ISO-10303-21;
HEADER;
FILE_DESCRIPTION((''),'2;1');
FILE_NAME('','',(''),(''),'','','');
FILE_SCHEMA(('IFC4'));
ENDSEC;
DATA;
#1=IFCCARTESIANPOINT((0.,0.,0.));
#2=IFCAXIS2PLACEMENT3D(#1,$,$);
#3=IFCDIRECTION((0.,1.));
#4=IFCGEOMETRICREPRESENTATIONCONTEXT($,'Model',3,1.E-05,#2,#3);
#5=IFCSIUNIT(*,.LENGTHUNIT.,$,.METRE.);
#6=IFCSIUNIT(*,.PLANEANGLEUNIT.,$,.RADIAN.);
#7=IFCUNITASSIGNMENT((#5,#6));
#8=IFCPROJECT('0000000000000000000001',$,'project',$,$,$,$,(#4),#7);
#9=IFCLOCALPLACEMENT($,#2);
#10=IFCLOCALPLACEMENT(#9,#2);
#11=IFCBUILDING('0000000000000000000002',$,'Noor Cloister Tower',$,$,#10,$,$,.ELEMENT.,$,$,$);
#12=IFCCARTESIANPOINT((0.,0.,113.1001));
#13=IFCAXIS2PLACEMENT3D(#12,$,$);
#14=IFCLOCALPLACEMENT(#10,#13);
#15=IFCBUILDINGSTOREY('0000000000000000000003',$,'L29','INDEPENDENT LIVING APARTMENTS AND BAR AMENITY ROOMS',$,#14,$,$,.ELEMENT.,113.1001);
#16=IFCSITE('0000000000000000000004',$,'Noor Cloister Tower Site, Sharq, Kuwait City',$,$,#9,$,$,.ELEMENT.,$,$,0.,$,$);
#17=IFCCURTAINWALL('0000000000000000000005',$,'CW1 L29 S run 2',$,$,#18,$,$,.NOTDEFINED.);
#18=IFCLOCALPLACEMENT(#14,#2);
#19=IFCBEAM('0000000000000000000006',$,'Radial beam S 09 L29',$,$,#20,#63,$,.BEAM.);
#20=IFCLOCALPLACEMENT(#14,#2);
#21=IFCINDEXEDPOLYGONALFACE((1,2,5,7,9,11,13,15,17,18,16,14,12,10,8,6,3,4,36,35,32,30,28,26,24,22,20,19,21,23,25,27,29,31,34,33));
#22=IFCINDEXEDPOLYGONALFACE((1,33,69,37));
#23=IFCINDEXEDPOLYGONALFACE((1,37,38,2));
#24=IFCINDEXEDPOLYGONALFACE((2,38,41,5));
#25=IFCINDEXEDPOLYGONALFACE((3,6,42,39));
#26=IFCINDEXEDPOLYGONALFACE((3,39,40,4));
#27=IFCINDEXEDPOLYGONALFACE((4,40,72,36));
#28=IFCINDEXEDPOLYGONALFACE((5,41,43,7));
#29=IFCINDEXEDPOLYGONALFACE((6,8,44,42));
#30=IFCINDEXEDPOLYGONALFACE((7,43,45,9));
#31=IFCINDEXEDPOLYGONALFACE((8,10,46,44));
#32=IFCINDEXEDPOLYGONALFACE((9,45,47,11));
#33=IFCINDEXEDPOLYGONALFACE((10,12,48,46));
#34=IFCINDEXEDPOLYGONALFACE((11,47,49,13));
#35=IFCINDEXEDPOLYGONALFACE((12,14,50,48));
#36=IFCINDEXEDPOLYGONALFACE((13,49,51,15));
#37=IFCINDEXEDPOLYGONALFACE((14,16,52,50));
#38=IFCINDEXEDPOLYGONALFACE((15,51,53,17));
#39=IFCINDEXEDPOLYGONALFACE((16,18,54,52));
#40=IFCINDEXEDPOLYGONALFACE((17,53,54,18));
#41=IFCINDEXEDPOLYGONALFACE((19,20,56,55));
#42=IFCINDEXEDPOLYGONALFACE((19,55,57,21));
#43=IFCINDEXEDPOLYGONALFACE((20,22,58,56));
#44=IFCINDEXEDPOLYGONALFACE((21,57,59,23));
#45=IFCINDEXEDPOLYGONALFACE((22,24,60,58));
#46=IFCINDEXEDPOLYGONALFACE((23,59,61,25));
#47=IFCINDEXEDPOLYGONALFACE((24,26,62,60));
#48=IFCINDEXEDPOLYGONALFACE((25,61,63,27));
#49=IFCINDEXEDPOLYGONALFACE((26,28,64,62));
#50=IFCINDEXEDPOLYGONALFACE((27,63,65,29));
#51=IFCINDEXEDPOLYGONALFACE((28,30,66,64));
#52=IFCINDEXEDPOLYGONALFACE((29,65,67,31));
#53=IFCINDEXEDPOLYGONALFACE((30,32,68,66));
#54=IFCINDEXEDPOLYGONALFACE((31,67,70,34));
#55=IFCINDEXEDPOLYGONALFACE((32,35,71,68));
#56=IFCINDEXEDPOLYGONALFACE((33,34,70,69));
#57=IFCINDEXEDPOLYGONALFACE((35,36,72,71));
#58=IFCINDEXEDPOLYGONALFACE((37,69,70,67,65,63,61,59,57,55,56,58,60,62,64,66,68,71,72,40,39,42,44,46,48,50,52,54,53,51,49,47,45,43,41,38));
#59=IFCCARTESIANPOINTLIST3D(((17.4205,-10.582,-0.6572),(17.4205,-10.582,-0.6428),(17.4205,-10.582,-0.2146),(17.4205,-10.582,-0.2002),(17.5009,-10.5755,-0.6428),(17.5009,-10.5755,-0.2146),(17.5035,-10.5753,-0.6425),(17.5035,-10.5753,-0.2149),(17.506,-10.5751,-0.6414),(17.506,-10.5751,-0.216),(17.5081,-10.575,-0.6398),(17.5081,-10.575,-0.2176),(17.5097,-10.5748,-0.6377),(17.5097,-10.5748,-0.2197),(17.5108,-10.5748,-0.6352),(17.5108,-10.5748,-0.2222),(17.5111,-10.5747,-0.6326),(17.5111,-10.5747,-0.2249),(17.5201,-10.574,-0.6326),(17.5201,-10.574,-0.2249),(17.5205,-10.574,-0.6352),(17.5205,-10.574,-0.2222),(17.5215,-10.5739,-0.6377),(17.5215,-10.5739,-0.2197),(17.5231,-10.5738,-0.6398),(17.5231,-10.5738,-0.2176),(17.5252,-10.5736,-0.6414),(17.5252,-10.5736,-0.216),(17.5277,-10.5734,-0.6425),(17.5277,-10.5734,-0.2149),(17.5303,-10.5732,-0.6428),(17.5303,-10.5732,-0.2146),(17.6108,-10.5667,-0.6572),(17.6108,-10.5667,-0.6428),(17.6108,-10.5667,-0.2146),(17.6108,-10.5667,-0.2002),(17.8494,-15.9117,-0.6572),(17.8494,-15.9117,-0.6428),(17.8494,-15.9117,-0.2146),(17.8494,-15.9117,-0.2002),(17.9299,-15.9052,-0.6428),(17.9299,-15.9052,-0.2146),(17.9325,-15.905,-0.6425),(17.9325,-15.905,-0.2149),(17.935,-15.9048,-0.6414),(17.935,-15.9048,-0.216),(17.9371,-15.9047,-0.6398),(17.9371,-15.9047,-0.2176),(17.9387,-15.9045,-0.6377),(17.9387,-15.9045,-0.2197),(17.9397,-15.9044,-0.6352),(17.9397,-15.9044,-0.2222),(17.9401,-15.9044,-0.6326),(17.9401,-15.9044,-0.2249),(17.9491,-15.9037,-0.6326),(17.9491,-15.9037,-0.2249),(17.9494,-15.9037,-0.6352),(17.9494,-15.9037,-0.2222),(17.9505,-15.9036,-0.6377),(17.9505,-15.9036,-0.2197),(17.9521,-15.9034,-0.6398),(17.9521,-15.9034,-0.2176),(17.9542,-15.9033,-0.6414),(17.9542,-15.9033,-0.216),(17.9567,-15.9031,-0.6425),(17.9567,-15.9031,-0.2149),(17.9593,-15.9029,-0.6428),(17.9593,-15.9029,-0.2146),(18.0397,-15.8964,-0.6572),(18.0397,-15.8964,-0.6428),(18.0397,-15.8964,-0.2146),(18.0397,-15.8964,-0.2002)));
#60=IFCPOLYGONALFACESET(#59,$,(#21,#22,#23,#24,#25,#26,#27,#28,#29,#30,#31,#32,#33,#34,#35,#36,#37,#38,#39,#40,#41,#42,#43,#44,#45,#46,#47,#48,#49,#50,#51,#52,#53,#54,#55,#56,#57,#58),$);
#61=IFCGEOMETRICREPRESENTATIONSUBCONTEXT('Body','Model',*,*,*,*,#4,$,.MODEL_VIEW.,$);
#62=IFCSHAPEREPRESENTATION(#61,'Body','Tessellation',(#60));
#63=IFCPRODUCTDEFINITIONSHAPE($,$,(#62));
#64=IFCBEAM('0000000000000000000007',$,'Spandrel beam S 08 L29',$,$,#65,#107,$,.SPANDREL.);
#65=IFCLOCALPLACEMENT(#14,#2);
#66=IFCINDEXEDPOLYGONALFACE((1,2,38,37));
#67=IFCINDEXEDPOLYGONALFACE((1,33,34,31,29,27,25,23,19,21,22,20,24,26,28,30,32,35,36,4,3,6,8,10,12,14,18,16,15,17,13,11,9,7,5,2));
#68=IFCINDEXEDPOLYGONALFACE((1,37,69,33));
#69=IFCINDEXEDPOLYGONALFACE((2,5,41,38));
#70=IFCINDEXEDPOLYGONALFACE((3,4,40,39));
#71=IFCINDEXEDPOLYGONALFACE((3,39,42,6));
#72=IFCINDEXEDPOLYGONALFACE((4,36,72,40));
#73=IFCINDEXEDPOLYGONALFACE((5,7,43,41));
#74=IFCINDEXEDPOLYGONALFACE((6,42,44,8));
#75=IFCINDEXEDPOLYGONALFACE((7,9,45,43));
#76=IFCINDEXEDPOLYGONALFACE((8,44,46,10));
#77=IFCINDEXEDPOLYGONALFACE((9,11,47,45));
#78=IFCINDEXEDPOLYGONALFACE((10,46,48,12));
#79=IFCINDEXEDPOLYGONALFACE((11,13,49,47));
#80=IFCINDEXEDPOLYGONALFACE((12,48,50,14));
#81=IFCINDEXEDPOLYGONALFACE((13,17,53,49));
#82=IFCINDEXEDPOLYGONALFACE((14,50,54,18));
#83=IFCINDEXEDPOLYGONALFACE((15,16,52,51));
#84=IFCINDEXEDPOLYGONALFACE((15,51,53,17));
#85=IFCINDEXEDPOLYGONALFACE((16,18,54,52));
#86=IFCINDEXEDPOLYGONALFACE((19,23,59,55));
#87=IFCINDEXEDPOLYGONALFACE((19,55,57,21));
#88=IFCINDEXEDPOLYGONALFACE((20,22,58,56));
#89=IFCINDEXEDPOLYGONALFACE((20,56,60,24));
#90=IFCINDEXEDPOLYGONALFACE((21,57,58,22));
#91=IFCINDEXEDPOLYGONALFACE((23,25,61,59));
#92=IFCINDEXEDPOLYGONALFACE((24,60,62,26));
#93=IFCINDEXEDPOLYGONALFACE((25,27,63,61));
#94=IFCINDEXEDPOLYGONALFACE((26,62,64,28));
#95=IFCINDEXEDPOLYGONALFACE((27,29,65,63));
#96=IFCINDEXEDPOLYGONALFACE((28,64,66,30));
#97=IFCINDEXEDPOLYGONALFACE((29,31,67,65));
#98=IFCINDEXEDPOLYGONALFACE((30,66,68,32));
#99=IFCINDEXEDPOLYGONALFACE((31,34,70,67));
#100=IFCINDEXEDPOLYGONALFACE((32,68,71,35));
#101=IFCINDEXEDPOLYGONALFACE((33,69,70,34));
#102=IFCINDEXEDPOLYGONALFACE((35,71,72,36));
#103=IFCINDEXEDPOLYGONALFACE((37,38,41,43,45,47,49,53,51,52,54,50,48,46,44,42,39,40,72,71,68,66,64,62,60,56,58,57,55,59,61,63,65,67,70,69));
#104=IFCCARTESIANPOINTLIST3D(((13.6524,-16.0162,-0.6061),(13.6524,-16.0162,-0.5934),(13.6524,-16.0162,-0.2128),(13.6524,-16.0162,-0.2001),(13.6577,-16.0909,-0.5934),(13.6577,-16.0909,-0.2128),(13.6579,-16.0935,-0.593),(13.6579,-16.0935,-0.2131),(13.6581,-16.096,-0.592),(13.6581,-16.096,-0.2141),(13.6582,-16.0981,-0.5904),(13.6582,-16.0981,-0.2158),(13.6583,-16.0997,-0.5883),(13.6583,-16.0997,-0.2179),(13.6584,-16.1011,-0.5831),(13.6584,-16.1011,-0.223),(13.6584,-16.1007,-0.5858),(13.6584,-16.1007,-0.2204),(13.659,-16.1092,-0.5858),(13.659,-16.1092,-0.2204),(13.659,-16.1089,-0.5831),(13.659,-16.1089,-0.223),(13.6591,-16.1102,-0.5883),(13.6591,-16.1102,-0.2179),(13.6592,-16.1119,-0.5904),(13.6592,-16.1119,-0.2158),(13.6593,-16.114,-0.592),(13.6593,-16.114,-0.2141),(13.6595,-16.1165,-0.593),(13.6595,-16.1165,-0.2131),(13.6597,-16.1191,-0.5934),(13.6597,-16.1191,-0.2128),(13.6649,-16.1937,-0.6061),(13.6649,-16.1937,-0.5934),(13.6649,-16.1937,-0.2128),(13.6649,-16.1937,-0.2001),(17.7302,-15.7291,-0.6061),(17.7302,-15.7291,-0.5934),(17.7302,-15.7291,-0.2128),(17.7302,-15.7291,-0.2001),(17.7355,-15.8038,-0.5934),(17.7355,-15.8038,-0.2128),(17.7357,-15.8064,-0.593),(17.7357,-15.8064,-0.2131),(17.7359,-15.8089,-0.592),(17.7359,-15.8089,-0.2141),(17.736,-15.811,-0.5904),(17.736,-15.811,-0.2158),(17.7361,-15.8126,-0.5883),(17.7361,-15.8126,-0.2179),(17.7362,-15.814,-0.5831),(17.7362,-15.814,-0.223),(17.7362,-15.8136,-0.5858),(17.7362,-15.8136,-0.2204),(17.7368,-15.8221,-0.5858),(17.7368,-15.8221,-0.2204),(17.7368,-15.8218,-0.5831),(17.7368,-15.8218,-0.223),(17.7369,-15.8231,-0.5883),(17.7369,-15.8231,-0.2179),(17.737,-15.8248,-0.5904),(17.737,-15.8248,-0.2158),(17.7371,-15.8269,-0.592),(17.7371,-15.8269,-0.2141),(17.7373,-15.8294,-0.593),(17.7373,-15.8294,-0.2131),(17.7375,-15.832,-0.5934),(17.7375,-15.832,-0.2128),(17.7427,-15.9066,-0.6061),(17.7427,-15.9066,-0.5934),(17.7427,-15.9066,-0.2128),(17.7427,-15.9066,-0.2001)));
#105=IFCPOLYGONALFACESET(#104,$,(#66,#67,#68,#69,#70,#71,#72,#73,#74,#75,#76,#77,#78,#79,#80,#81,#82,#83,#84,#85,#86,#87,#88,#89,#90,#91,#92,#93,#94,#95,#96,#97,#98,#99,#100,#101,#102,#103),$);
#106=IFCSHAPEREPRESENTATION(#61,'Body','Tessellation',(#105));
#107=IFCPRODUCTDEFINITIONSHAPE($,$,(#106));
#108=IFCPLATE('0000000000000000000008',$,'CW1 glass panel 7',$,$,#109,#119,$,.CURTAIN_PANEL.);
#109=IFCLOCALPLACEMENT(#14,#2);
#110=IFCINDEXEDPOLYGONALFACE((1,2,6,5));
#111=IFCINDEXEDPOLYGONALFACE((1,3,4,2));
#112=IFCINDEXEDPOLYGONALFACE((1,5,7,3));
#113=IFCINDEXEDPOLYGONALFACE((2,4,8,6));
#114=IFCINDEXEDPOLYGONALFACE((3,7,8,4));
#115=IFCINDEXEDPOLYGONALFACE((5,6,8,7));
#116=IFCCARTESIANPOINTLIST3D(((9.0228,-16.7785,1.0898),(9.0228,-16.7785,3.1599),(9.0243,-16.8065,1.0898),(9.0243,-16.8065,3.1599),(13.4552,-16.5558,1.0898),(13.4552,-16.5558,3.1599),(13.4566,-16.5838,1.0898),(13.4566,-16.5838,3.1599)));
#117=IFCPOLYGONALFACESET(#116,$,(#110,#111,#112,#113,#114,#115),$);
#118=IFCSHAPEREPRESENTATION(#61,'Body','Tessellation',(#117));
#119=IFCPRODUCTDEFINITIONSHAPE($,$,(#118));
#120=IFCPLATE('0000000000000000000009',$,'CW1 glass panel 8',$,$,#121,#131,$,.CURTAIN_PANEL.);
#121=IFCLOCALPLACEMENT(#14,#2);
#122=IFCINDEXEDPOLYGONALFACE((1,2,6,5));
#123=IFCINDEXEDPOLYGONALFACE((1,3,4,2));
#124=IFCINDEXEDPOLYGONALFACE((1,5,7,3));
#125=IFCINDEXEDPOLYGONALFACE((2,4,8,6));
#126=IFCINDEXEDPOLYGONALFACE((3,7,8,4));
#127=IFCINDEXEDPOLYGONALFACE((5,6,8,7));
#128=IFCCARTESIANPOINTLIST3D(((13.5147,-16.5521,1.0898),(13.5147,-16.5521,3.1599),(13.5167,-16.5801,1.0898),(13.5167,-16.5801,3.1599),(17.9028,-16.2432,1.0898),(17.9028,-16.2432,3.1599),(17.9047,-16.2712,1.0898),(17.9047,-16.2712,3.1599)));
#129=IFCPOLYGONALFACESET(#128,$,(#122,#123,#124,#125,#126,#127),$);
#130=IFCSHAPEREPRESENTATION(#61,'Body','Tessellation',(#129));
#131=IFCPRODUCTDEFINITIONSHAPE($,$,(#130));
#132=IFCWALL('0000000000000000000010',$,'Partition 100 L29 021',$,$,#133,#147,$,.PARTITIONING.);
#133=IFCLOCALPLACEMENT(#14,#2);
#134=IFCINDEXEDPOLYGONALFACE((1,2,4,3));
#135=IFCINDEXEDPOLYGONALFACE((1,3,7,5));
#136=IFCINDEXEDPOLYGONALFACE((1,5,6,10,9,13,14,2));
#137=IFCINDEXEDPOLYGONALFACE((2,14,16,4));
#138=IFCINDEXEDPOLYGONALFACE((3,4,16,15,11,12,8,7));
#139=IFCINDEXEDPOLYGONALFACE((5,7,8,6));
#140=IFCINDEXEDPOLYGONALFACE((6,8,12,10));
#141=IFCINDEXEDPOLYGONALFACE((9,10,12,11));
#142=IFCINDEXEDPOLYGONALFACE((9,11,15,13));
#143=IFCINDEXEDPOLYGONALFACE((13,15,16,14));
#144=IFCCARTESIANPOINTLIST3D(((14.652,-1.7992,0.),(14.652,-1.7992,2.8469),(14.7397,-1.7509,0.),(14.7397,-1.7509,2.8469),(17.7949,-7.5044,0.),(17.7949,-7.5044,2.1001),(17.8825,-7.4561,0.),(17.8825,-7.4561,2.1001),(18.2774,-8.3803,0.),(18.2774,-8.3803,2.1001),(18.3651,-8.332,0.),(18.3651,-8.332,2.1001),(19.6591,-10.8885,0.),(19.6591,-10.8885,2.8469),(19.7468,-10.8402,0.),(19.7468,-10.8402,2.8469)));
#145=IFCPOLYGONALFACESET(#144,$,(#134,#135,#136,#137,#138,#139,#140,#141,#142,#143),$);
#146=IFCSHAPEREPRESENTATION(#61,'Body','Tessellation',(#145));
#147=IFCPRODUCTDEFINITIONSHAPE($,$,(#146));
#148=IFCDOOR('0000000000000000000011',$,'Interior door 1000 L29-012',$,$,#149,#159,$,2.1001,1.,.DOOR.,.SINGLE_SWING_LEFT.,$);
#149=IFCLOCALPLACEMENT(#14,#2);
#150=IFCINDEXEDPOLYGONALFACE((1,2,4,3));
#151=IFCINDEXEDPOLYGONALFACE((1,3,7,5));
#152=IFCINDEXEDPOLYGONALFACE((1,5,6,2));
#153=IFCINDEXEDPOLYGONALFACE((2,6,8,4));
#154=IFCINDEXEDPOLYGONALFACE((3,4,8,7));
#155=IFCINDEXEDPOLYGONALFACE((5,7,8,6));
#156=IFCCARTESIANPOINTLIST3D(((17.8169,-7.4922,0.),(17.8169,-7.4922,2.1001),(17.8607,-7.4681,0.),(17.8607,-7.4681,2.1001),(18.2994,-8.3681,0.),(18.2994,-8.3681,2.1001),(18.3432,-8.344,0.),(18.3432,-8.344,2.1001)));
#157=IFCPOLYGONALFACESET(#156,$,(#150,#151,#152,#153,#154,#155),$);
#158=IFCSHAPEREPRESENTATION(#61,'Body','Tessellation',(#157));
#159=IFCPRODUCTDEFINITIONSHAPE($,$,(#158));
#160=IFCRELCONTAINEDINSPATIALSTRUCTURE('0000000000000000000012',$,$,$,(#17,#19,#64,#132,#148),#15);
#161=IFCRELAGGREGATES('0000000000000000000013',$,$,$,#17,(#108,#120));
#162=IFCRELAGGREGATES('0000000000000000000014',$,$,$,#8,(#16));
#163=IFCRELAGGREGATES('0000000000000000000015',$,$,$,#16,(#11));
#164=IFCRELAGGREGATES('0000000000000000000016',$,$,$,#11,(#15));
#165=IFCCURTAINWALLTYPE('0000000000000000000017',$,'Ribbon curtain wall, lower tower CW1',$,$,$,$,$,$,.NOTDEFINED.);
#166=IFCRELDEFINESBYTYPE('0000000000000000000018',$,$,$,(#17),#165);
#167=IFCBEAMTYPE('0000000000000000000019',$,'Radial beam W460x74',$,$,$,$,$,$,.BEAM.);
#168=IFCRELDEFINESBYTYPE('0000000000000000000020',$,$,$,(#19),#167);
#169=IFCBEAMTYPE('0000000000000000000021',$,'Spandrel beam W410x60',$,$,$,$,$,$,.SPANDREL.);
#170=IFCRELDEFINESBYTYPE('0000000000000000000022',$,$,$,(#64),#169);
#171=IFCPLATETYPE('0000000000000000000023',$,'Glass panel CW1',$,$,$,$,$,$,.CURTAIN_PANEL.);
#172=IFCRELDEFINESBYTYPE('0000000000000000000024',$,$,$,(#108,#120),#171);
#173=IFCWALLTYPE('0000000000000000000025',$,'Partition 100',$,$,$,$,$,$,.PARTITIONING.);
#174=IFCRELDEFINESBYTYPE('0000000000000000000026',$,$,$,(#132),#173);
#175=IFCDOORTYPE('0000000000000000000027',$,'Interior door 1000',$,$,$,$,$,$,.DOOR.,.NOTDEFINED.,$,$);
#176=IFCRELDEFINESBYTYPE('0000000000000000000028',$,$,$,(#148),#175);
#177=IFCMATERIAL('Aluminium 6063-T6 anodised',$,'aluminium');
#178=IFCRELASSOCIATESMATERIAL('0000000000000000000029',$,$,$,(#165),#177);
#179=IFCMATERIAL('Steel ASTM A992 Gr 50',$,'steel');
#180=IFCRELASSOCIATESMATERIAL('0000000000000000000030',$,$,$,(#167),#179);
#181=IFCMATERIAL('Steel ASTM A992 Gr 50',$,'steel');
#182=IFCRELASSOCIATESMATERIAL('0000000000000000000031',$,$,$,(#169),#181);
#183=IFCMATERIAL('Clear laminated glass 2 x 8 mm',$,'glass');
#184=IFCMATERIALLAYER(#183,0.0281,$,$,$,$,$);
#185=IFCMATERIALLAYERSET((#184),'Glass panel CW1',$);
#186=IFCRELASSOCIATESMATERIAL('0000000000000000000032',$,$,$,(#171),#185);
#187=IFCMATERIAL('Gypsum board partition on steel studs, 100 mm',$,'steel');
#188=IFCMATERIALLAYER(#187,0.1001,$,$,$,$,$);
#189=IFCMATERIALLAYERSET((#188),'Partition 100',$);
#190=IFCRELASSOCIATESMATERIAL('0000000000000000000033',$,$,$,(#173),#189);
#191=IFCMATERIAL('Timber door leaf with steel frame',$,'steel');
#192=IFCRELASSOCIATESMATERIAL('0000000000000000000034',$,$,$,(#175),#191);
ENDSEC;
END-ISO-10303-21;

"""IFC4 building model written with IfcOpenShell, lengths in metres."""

from ifc_helpers import new_model, si_unit, direction, frame, frame_2d, origin, origin_2d, place, context, subcontext, project, spatial, rectangle, i_section, extrude, material, layer, layer_set, material_profile, profile_set, type_object, element, fill, aggregate, save


model = new_model("IFC4")

# Units and contexts
model_context = context("Model", 3, precision=1e-05, world=origin(), true_north=direction((0.0, 1.0)))
body_context = subcontext(model_context, "Body", "Model", "MODEL_VIEW")
ifc_project = project(units=[si_unit("LENGTHUNIT", "METRE"), si_unit("PLANEANGLEUNIT", "RADIAN")], contexts=[model_context])

# Site, building, storey
site_placement = place(None, origin())
site = spatial("IfcSite", under=ifc_project, at=site_placement, Name="Noor Cloister Tower Site, Sharq, Kuwait City", CompositionType="ELEMENT", RefElevation=0.0)
building_placement = place(site_placement, origin())
building = spatial("IfcBuilding", under=site, at=building_placement, Name="Noor Cloister Tower", CompositionType="ELEMENT")
storey_placement = place(building_placement, frame((0.0, 0.0, 113.1001)))
storey = spatial("IfcBuildingStorey", under=building, at=storey_placement, Name="L29", Description="INDEPENDENT LIVING APARTMENTS AND BAR AMENITY ROOMS", CompositionType="ELEMENT", Elevation=113.1001)

# Curtain wall
ifc_material_1 = material(Name="Aluminium 6063-T6 anodised", Category="aluminium")
curtain_wall_type = type_object("IfcCurtainWallType", Name="Ribbon curtain wall, lower tower CW1", PredefinedType="NOTDEFINED", material=ifc_material_1)
curtain_wall_placement = place(storey_placement, origin())
curtain_wall = element("IfcCurtainWall", 1, at=curtain_wall_placement, inside=storey, type_object=curtain_wall_type, Name="CW1 L29 S run 2", PredefinedType="NOTDEFINED")

# Beams
ifc_material_2 = material(Name="Steel ASTM A992 Gr 50", Category="steel")
ifc_material_profile_1 = material_profile(ifc_material_2, i_section(OverallWidth=0.1909, OverallDepth=0.457, WebThickness=0.009, FlangeThickness=0.0144, FilletRadius=0.0103, at=origin_2d()), Name="W460x74")
ifc_profile_set_1 = profile_set([ifc_material_profile_1], Name="Steel ASTM A992 Gr 50")
beam_type_1 = type_object("IfcBeamType", Name="Radial beam W460x74", PredefinedType="BEAM", material=ifc_profile_set_1)
beam_1_placement = place(storey_placement, frame((17.9446, -15.9041, -0.4287), z_axis=(-0.080226, 0.996777, 0.0), x_axis=(-0.996777, -0.080226, 0.0)))
element("IfcBeam", 2, at=beam_1_placement, inside=storey, type_object=beam_type_1, Name="Radial beam S 09 L29", PredefinedType="BEAM", context=body_context, shape_type="SweptSolid", body=[
    extrude(i_section(OverallWidth=0.1909, OverallDepth=0.457, WebThickness=0.009, FlangeThickness=0.0144, FilletRadius=0.0103, at=origin_2d()), origin(), (0.0, 0.0, 1.0), 5.3469),
])
ifc_material_3 = material(Name="Steel ASTM A992 Gr 50", Category="steel")
ifc_material_profile_2 = material_profile(ifc_material_3, i_section(OverallWidth=0.178, OverallDepth=0.406, WebThickness=0.0078, FlangeThickness=0.0127, FilletRadius=0.0103, at=origin_2d()), Name="W410x60")
ifc_profile_set_2 = profile_set([ifc_material_profile_2], Name="Steel ASTM A992 Gr 50")
beam_type_2 = type_object("IfcBeamType", Name="Spandrel beam W410x60", PredefinedType="SPANDREL", material=ifc_profile_set_2)
beam_2_placement = place(storey_placement, frame((13.6587, -16.105, -0.4031), z_axis=(0.997531, 0.070233, 0.0), x_axis=(-0.070233, 0.997531, 0.0)))
element("IfcBeam", 3, at=beam_2_placement, inside=storey, type_object=beam_type_2, Name="Spandrel beam S 08 L29", PredefinedType="SPANDREL", context=body_context, shape_type="SweptSolid", body=[
    extrude(i_section(OverallWidth=0.178, OverallDepth=0.406, WebThickness=0.0078, FlangeThickness=0.0127, FilletRadius=0.0103, at=origin_2d()), origin(), (0.0, 0.0, 1.0), 4.0879),
])

# Plates
ifc_material_4 = material(Name="Clear laminated glass 2 x 8 mm", Category="glass")
ifc_layer_1 = layer(ifc_material_4, 0.0281)
ifc_layer_set_1 = layer_set([ifc_layer_1], Name="Glass panel CW1")
plate_type = type_object("IfcPlateType", Name="Glass panel CW1", PredefinedType="CURTAIN_PANEL", material=ifc_layer_set_1)
plate_1_placement = place(storey_placement, frame((11.2397, -16.6812, 1.0898), z_axis=(0.0, 0.0, 1.0), x_axis=(0.99874, 0.050176, 0.0)))
plate_1 = element("IfcPlate", 4, at=plate_1_placement, type_object=plate_type, Name="CW1 glass panel 7", PredefinedType="CURTAIN_PANEL", context=body_context, shape_type="SweptSolid", body=[
    extrude(rectangle(XDim=4.438, YDim=0.0281, at=origin_2d()), origin(), (0.0, 0.0, 1.0), 2.0701),
])
plate_2_placement = place(storey_placement, frame((15.7097, -16.4116, 1.0898), z_axis=(0.0, 0.0, 1.0), x_axis=(0.997532, 0.070218, 0.0)))
plate_2 = element("IfcPlate", 5, at=plate_2_placement, type_object=plate_type, Name="CW1 glass panel 8", PredefinedType="CURTAIN_PANEL", context=body_context, shape_type="SweptSolid", body=[
    extrude(rectangle(XDim=4.3989, YDim=0.0281, at=origin_2d()), origin(), (0.0, 0.0, 1.0), 2.0701),
])
aggregate(curtain_wall, [plate_1, plate_2])

# Wall, opening, door
ifc_material_5 = material(Name="Gypsum board partition on steel studs, 100 mm", Category="steel")
ifc_layer_2 = layer(ifc_material_5, 0.1001)
ifc_layer_set_2 = layer_set([ifc_layer_2], Name="Partition 100")
wall_type = type_object("IfcWallType", Name="Partition 100", PredefinedType="PARTITIONING", material=ifc_layer_set_2)
wall_1_placement = place(storey_placement, frame((19.7029, -10.8643, 0.0), z_axis=(0.0, 0.0, 1.0), x_axis=(-0.482506, 0.875893, 0.0)))
wall_1 = element("IfcWall", 6, at=wall_1_placement, inside=storey, type_object=wall_type, Name="Partition 100 L29 021", PredefinedType="PARTITIONING", context=body_context, shape_type="SweptSolid", body=[
    extrude(rectangle(XDim=10.3772, YDim=0.1001, at=frame_2d((5.1885, 0.0))), origin(), (0.0, 0.0, 1.0), 2.8469),
])
opening_1_placement = place(wall_1_placement, frame((2.8635, 0.0, 0.0)))
opening_1 = element("IfcOpeningElement", 7, at=opening_1_placement, cuts=wall_1, PredefinedType="OPENING", context=body_context, shape_type="SweptSolid", body=[
    extrude(rectangle(XDim=1.0, YDim=2.1001, at=frame_2d((0.5, 1.05))), frame((0.0, 0.0601, 0.0), z_axis=(0.0, -1.0, 0.0), x_axis=(1.0, 0.0, 0.0)), (0.0, 0.0, 1.0), 0.1201),
])
ifc_material_6 = material(Name="Timber door leaf with steel frame", Category="steel")
door_type = type_object("IfcDoorType", Name="Interior door 1000", OperationType="NOTDEFINED", PredefinedType="DOOR", material=ifc_material_6)
door_1_placement = place(opening_1_placement, origin())
door_1 = element("IfcDoor", 8, at=door_1_placement, inside=storey, type_object=door_type, Name="Interior door 1000 L29-012", OperationType="SINGLE_SWING_LEFT", OverallHeight=2.1001, OverallWidth=1.0, PredefinedType="DOOR", context=body_context, shape_type="SweptSolid", body=[
    extrude(rectangle(XDim=1.0, YDim=2.1001, at=frame_2d((0.5, 1.05))), frame((0.0, 0.0249, 0.0), z_axis=(0.0, -1.0, 0.0), x_axis=(1.0, 0.0, 0.0)), (0.0, 0.0, 1.0), 0.05),
])
fill(opening_1, door_1)

save(model, "model.ifc")
